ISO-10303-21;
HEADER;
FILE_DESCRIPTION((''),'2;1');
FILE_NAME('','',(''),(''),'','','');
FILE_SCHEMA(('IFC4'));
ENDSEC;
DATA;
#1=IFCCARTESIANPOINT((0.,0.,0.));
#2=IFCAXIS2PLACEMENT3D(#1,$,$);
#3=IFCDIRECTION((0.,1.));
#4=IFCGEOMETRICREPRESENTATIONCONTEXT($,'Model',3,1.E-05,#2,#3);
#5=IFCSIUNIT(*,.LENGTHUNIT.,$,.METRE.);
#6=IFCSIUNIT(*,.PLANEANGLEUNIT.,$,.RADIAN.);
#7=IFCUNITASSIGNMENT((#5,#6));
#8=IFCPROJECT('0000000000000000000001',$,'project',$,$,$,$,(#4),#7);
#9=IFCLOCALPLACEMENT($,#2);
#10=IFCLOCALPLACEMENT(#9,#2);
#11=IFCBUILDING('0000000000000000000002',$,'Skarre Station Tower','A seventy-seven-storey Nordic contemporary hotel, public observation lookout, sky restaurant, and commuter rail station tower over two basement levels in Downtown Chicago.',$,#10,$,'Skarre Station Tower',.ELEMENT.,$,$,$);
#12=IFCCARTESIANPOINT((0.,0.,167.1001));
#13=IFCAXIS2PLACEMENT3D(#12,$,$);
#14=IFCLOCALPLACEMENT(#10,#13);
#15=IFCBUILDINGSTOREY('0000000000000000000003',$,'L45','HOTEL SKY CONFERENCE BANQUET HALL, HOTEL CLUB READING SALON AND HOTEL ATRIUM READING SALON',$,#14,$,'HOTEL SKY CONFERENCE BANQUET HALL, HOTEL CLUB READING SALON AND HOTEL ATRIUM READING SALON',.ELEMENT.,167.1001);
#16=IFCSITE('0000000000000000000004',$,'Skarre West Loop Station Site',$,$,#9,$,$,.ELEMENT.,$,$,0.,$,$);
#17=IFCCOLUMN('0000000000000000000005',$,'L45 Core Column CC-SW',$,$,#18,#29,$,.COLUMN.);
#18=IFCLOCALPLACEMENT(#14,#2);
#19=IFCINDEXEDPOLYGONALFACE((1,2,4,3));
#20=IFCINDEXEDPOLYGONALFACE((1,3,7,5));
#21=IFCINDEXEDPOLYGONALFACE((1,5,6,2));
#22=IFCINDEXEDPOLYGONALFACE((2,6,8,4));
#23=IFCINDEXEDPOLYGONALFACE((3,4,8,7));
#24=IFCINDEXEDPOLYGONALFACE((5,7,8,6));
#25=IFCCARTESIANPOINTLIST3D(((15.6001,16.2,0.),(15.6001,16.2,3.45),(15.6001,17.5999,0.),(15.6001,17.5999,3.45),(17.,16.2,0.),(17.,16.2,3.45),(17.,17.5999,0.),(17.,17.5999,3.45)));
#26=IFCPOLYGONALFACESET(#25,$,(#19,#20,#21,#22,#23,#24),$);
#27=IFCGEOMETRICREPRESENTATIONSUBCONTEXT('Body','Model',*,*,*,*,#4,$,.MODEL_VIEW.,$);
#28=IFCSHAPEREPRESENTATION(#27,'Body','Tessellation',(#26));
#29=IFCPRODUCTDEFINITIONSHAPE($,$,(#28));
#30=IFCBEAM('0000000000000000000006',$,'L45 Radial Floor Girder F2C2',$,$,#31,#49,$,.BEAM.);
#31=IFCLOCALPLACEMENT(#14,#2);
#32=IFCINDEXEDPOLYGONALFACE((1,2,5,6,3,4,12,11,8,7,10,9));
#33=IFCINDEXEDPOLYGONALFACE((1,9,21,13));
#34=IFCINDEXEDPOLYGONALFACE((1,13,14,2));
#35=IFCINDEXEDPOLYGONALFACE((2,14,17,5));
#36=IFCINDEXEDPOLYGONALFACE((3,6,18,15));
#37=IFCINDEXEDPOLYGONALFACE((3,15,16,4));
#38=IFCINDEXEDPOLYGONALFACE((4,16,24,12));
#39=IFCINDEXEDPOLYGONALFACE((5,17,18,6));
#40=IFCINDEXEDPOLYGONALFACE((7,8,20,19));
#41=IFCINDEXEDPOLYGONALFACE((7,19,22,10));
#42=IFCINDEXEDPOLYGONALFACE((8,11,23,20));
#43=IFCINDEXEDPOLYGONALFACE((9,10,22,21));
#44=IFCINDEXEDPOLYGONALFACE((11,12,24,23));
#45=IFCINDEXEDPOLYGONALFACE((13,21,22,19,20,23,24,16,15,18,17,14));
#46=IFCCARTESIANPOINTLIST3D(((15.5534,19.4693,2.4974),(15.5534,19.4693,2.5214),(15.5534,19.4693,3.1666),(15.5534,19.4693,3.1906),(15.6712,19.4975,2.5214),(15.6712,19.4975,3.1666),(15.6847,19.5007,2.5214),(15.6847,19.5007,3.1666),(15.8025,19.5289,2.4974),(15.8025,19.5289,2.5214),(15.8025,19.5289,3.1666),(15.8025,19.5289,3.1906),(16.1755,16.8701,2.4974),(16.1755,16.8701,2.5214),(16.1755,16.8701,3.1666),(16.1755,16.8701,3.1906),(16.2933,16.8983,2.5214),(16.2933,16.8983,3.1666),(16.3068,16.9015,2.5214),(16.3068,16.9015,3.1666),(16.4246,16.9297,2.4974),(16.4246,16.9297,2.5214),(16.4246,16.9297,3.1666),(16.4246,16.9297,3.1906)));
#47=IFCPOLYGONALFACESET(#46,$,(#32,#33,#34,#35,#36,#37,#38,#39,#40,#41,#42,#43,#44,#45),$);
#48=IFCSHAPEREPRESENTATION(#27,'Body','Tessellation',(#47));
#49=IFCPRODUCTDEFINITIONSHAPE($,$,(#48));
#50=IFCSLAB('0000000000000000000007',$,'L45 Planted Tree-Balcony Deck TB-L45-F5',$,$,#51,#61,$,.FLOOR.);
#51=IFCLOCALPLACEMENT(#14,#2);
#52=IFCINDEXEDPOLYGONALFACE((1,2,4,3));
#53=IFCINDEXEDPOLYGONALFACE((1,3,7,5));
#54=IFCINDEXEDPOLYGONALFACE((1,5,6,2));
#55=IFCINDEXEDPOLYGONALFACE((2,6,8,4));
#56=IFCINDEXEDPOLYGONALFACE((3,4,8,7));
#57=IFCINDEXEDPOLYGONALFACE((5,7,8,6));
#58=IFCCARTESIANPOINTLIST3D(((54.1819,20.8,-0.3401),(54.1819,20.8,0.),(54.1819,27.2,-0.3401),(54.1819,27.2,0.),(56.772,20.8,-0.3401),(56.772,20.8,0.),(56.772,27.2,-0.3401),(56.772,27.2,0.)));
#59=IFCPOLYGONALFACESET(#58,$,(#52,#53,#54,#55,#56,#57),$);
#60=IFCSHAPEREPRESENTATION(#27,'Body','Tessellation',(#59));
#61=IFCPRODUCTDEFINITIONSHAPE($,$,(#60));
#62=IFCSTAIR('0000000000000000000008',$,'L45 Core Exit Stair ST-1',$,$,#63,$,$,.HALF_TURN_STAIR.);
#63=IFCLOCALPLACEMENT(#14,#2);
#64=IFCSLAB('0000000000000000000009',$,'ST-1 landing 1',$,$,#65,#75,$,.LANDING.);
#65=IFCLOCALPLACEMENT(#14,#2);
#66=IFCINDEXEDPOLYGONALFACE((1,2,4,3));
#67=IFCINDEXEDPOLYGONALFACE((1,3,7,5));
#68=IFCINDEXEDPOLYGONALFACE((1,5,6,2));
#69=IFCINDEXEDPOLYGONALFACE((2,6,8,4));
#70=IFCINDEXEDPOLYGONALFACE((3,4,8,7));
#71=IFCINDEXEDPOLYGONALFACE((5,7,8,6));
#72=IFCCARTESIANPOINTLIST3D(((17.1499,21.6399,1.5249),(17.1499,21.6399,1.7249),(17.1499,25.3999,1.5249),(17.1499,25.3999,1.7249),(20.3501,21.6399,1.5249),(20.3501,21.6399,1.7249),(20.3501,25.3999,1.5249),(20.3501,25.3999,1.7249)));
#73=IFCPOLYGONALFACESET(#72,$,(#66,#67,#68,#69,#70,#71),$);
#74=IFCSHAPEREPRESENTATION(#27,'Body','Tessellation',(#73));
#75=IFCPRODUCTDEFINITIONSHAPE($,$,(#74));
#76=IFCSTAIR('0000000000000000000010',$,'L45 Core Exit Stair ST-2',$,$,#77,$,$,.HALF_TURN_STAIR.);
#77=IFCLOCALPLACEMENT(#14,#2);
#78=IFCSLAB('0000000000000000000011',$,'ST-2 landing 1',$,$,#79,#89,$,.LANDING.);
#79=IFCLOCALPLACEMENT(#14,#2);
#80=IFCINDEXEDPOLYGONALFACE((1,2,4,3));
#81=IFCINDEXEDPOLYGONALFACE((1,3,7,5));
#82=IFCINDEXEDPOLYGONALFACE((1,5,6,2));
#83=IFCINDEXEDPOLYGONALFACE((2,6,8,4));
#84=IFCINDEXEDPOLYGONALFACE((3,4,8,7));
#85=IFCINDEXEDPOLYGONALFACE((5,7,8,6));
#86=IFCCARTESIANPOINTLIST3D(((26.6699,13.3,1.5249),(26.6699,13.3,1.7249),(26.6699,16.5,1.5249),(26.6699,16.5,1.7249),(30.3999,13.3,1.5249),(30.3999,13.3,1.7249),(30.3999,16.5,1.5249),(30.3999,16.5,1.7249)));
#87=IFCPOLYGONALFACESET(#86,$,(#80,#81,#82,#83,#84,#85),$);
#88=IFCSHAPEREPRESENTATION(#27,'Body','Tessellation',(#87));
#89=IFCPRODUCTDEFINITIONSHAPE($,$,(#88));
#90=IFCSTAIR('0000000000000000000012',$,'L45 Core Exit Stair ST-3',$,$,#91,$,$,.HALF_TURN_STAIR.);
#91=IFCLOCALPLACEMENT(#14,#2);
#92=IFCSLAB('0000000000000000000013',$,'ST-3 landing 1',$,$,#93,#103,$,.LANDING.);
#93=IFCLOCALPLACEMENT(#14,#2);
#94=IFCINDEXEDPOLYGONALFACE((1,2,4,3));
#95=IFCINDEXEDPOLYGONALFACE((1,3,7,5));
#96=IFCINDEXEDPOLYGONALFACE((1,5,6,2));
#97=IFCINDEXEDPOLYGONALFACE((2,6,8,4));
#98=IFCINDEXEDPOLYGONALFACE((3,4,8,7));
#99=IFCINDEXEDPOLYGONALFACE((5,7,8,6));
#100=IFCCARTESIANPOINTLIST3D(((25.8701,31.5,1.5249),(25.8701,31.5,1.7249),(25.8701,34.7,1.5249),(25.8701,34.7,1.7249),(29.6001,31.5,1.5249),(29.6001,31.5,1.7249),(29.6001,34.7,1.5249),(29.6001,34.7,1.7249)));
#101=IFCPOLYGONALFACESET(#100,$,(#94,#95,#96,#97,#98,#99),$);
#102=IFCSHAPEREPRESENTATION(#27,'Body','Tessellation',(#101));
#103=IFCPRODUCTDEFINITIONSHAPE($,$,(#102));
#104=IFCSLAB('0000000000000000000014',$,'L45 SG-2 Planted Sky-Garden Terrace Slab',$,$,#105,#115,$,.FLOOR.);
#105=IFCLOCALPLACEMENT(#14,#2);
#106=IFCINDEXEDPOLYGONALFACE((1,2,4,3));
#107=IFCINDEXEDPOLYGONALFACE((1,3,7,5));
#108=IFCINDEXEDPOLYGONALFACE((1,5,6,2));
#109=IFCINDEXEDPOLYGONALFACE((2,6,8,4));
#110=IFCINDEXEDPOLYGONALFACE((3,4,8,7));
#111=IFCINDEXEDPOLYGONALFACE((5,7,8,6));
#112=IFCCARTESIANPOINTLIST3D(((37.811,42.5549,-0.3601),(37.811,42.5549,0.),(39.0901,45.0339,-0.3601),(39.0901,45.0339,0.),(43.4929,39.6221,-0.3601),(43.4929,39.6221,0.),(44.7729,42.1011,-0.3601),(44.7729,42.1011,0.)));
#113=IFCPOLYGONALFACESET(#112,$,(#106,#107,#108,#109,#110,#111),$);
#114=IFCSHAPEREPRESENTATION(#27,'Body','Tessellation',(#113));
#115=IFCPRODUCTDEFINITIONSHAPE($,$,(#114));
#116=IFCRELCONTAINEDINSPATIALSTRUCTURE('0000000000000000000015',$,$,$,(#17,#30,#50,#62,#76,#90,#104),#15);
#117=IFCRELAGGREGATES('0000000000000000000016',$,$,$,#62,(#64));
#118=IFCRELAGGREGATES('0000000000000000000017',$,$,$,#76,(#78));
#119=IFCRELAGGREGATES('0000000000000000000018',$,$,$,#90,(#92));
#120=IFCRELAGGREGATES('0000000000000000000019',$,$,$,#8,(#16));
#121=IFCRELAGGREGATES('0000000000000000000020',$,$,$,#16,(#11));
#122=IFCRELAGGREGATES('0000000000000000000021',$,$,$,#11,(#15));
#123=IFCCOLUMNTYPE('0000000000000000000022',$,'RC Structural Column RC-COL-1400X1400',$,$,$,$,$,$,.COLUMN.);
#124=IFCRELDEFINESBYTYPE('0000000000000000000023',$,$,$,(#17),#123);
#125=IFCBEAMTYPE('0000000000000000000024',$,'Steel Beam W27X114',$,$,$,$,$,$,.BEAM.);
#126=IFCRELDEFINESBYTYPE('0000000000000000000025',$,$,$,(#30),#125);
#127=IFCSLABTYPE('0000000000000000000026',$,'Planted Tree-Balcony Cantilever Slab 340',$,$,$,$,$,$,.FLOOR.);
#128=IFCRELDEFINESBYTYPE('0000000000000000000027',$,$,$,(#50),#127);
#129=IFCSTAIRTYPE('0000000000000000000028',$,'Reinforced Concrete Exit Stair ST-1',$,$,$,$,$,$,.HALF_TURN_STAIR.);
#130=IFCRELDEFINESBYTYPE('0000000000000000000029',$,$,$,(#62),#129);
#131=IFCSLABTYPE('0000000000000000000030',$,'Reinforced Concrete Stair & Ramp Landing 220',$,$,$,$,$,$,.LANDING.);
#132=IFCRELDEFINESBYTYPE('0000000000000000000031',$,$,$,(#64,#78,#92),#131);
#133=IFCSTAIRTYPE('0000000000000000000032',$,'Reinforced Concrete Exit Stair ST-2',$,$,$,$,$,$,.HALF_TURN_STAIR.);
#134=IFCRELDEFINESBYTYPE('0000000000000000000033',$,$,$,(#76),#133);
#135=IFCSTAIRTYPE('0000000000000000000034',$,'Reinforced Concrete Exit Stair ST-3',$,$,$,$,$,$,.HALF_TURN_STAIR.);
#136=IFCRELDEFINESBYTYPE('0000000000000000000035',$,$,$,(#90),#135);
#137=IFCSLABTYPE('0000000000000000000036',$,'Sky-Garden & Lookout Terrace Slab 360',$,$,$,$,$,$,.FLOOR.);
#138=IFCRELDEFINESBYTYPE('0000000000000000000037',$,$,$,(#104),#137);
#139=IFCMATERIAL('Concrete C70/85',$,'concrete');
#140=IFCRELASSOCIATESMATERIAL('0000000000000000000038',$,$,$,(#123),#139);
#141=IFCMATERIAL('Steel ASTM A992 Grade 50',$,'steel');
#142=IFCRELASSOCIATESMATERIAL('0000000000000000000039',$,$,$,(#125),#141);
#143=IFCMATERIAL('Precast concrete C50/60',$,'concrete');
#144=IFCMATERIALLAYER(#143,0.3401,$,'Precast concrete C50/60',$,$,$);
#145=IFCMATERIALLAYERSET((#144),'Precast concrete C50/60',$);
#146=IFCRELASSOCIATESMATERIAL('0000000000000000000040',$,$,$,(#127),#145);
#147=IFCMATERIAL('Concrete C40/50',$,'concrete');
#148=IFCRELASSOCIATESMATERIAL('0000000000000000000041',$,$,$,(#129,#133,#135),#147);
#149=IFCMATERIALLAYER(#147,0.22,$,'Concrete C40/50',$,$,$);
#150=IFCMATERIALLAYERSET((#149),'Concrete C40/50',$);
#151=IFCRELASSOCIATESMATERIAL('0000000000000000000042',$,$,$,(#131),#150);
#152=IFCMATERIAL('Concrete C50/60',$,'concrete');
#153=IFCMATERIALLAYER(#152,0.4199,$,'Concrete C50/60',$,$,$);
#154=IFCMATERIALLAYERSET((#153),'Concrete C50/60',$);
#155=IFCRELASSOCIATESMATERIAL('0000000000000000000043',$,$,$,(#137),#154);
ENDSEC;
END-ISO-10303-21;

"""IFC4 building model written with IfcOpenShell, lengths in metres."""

from ifc_helpers import new_model, si_unit, direction, frame, origin, origin_2d, place, context, subcontext, project, spatial, polyline, rectangle, i_section, outline, extrude, material, layer, layer_set, material_profile, profile_set, type_object, element, aggregate, save


model = new_model("IFC4")

# Units and contexts
model_context = context("Model", 3, precision=1e-05, world=origin(), true_north=direction((0.0, 1.0)))
body_context = subcontext(model_context, "Body", "Model", "MODEL_VIEW")
ifc_project = project(units=[si_unit("LENGTHUNIT", "METRE"), si_unit("PLANEANGLEUNIT", "RADIAN")], contexts=[model_context])

# Site, building, storey
site_placement = place(None, origin())
site = spatial("IfcSite", under=ifc_project, at=site_placement, Name="Skarre West Loop Station Site", CompositionType="ELEMENT", RefElevation=0.0)
building_placement = place(site_placement, origin())
building = spatial("IfcBuilding", under=site, at=building_placement, Name="Skarre Station Tower", Description="A seventy-seven-storey Nordic contemporary hotel, public observation lookout, sky restaurant, and commuter rail station tower over two basement levels in Downtown Chicago.", LongName="Skarre Station Tower", CompositionType="ELEMENT")
storey_placement = place(building_placement, frame((0.0, 0.0, 167.1001)))
storey = spatial("IfcBuildingStorey", under=building, at=storey_placement, Name="L45", Description="HOTEL SKY CONFERENCE BANQUET HALL, HOTEL CLUB READING SALON AND HOTEL ATRIUM READING SALON", LongName="HOTEL SKY CONFERENCE BANQUET HALL, HOTEL CLUB READING SALON AND HOTEL ATRIUM READING SALON", CompositionType="ELEMENT", Elevation=167.1001)

# Column
ifc_material_1 = material(Name="Concrete C70/85", Category="concrete")
ifc_material_profile_1 = material_profile(ifc_material_1, rectangle(XDim=1.3999, YDim=1.3999, at=origin_2d()), Name="Concrete C70/85")
ifc_profile_set_1 = profile_set([ifc_material_profile_1], Name="Concrete C70/85")
column_type = type_object("IfcColumnType", Name="RC Structural Column RC-COL-1400X1400", PredefinedType="COLUMN", material=ifc_profile_set_1)
column_placement = place(storey_placement, frame((16.3, 16.8999, 0.0), z_axis=(0.0, 0.0, 1.0), x_axis=(1.0, 0.0, 0.0)))
element("IfcColumn", 1, at=column_placement, inside=storey, type_object=column_type, Name="L45 Core Column CC-SW", PredefinedType="COLUMN", context=body_context, shape_type="SweptSolid", body=[
    extrude(rectangle(XDim=1.3999, YDim=1.3999, at=origin_2d()), origin(), (0.0, 0.0, 1.0), 3.45),
])

# Beam
ifc_material_2 = material(Name="Steel ASTM A992 Grade 50", Category="steel")
ifc_material_profile_2 = material_profile(ifc_material_2, i_section(OverallWidth=0.2561, OverallDepth=0.6931, WebThickness=0.0139, FlangeThickness=0.0239, at=origin_2d()), Name="Steel ASTM A992 Grade 50")
ifc_profile_set_2 = profile_set([ifc_material_profile_2], Name="Steel ASTM A992 Grade 50")
beam_type = type_object("IfcBeamType", Name="Steel Beam W27X114", PredefinedType="BEAM", material=ifc_profile_set_2)
beam_placement = place(storey_placement, frame((16.3, 16.8999, 2.844), z_axis=(-0.232765, 0.972533, 0.0), x_axis=(-0.972533, -0.232765, 0.0)))
element("IfcBeam", 2, at=beam_placement, inside=storey, type_object=beam_type, Name="L45 Radial Floor Girder F2C2", PredefinedType="BEAM", context=body_context, shape_type="SweptSolid", body=[
    extrude(i_section(OverallWidth=0.2561, OverallDepth=0.6931, WebThickness=0.0139, FlangeThickness=0.0239, at=origin_2d()), origin(), (0.0, 0.0, 1.0), 2.6726),
])

# Slab
ifc_material_3 = material(Name="Precast concrete C50/60", Category="concrete")
ifc_layer_1 = layer(ifc_material_3, 0.3401, Name="Precast concrete C50/60")
ifc_layer_set_1 = layer_set([ifc_layer_1], Name="Precast concrete C50/60")
slab_type_1 = type_object("IfcSlabType", Name="Planted Tree-Balcony Cantilever Slab 340", PredefinedType="FLOOR", material=ifc_layer_set_1)
slab_1_placement = place(storey_placement, frame((0.0, 0.0, -0.3401)))
element("IfcSlab", 3, at=slab_1_placement, inside=storey, type_object=slab_type_1, Name="L45 Planted Tree-Balcony Deck TB-L45-F5", PredefinedType="FLOOR", context=body_context, shape_type="SweptSolid", body=[
    extrude(outline(polyline([(54.1819, 20.8), (54.1819, 27.2), (56.772, 27.2), (56.772, 20.8), (54.1819, 20.8)])), origin(), (0.0, 0.0, 1.0), 0.3401),
])

# Stairs, slabs
ifc_material_4 = material(Name="Concrete C40/50", Category="concrete")
stair_type_1 = type_object("IfcStairType", Name="Reinforced Concrete Exit Stair ST-1", PredefinedType="HALF_TURN_STAIR", material=ifc_material_4)
stair_1_placement = place(storey_placement, origin())
stair_1 = element("IfcStair", 4, at=stair_1_placement, inside=storey, type_object=stair_type_1, Name="L45 Core Exit Stair ST-1", PredefinedType="HALF_TURN_STAIR")
ifc_layer_2 = layer(ifc_material_4, 0.22, Name="Concrete C40/50")
ifc_layer_set_2 = layer_set([ifc_layer_2], Name="Concrete C40/50")
slab_type_2 = type_object("IfcSlabType", Name="Reinforced Concrete Stair & Ramp Landing 220", PredefinedType="LANDING", material=ifc_layer_set_2)
slab_2_placement = place(storey_placement, frame((0.0, 0.0, 1.5249)))
slab_2 = element("IfcSlab", 5, at=slab_2_placement, type_object=slab_type_2, Name="ST-1 landing 1", PredefinedType="LANDING", context=body_context, shape_type="SweptSolid", body=[
    extrude(outline(polyline([(20.3501, 21.6399), (20.3501, 25.3999), (17.1499, 25.3999), (17.1499, 21.6399), (20.3501, 21.6399)])), origin(), (0.0, 0.0, 1.0), 0.2),
])
aggregate(stair_1, [slab_2])
stair_type_2 = type_object("IfcStairType", Name="Reinforced Concrete Exit Stair ST-2", PredefinedType="HALF_TURN_STAIR", material=ifc_material_4)
stair_2_placement = place(storey_placement, origin())
stair_2 = element("IfcStair", 6, at=stair_2_placement, inside=storey, type_object=stair_type_2, Name="L45 Core Exit Stair ST-2", PredefinedType="HALF_TURN_STAIR")
slab_3_placement = place(storey_placement, frame((0.0, 0.0, 1.5249)))
slab_3 = element("IfcSlab", 7, at=slab_3_placement, type_object=slab_type_2, Name="ST-2 landing 1", PredefinedType="LANDING", context=body_context, shape_type="SweptSolid", body=[
    extrude(outline(polyline([(26.6699, 13.3), (30.3999, 13.3), (30.3999, 16.5), (26.6699, 16.5), (26.6699, 13.3)])), origin(), (0.0, 0.0, 1.0), 0.2),
])
aggregate(stair_2, [slab_3])
stair_type_3 = type_object("IfcStairType", Name="Reinforced Concrete Exit Stair ST-3", PredefinedType="HALF_TURN_STAIR", material=ifc_material_4)
stair_3_placement = place(storey_placement, origin())
stair_3 = element("IfcStair", 8, at=stair_3_placement, inside=storey, type_object=stair_type_3, Name="L45 Core Exit Stair ST-3", PredefinedType="HALF_TURN_STAIR")
slab_4_placement = place(storey_placement, frame((0.0, 0.0, 1.5249)))
slab_4 = element("IfcSlab", 9, at=slab_4_placement, type_object=slab_type_2, Name="ST-3 landing 1", PredefinedType="LANDING", context=body_context, shape_type="SweptSolid", body=[
    extrude(outline(polyline([(25.8701, 31.5), (29.6001, 31.5), (29.6001, 34.7), (25.8701, 34.7), (25.8701, 31.5)])), origin(), (0.0, 0.0, 1.0), 0.2),
])
aggregate(stair_3, [slab_4])

# Slab
ifc_material_5 = material(Name="Concrete C50/60", Category="concrete")
ifc_layer_3 = layer(ifc_material_5, 0.4199, Name="Concrete C50/60")
ifc_layer_set_3 = layer_set([ifc_layer_3], Name="Concrete C50/60")
slab_type_3 = type_object("IfcSlabType", Name="Sky-Garden & Lookout Terrace Slab 360", PredefinedType="FLOOR", material=ifc_layer_set_3)
slab_5_placement = place(storey_placement, frame((0.0, 0.0, -0.3601)))
element("IfcSlab", 10, at=slab_5_placement, inside=storey, type_object=slab_type_3, Name="L45 SG-2 Planted Sky-Garden Terrace Slab", PredefinedType="FLOOR", context=body_context, shape_type="SweptSolid", body=[
    extrude(outline(polyline([(37.811, 42.5549), (43.4929, 39.6221), (44.7729, 42.1011), (39.0901, 45.0339), (37.811, 42.5549)])), origin(), (0.0, 0.0, 1.0), 0.3601),
])

save(model, "model.ifc")
